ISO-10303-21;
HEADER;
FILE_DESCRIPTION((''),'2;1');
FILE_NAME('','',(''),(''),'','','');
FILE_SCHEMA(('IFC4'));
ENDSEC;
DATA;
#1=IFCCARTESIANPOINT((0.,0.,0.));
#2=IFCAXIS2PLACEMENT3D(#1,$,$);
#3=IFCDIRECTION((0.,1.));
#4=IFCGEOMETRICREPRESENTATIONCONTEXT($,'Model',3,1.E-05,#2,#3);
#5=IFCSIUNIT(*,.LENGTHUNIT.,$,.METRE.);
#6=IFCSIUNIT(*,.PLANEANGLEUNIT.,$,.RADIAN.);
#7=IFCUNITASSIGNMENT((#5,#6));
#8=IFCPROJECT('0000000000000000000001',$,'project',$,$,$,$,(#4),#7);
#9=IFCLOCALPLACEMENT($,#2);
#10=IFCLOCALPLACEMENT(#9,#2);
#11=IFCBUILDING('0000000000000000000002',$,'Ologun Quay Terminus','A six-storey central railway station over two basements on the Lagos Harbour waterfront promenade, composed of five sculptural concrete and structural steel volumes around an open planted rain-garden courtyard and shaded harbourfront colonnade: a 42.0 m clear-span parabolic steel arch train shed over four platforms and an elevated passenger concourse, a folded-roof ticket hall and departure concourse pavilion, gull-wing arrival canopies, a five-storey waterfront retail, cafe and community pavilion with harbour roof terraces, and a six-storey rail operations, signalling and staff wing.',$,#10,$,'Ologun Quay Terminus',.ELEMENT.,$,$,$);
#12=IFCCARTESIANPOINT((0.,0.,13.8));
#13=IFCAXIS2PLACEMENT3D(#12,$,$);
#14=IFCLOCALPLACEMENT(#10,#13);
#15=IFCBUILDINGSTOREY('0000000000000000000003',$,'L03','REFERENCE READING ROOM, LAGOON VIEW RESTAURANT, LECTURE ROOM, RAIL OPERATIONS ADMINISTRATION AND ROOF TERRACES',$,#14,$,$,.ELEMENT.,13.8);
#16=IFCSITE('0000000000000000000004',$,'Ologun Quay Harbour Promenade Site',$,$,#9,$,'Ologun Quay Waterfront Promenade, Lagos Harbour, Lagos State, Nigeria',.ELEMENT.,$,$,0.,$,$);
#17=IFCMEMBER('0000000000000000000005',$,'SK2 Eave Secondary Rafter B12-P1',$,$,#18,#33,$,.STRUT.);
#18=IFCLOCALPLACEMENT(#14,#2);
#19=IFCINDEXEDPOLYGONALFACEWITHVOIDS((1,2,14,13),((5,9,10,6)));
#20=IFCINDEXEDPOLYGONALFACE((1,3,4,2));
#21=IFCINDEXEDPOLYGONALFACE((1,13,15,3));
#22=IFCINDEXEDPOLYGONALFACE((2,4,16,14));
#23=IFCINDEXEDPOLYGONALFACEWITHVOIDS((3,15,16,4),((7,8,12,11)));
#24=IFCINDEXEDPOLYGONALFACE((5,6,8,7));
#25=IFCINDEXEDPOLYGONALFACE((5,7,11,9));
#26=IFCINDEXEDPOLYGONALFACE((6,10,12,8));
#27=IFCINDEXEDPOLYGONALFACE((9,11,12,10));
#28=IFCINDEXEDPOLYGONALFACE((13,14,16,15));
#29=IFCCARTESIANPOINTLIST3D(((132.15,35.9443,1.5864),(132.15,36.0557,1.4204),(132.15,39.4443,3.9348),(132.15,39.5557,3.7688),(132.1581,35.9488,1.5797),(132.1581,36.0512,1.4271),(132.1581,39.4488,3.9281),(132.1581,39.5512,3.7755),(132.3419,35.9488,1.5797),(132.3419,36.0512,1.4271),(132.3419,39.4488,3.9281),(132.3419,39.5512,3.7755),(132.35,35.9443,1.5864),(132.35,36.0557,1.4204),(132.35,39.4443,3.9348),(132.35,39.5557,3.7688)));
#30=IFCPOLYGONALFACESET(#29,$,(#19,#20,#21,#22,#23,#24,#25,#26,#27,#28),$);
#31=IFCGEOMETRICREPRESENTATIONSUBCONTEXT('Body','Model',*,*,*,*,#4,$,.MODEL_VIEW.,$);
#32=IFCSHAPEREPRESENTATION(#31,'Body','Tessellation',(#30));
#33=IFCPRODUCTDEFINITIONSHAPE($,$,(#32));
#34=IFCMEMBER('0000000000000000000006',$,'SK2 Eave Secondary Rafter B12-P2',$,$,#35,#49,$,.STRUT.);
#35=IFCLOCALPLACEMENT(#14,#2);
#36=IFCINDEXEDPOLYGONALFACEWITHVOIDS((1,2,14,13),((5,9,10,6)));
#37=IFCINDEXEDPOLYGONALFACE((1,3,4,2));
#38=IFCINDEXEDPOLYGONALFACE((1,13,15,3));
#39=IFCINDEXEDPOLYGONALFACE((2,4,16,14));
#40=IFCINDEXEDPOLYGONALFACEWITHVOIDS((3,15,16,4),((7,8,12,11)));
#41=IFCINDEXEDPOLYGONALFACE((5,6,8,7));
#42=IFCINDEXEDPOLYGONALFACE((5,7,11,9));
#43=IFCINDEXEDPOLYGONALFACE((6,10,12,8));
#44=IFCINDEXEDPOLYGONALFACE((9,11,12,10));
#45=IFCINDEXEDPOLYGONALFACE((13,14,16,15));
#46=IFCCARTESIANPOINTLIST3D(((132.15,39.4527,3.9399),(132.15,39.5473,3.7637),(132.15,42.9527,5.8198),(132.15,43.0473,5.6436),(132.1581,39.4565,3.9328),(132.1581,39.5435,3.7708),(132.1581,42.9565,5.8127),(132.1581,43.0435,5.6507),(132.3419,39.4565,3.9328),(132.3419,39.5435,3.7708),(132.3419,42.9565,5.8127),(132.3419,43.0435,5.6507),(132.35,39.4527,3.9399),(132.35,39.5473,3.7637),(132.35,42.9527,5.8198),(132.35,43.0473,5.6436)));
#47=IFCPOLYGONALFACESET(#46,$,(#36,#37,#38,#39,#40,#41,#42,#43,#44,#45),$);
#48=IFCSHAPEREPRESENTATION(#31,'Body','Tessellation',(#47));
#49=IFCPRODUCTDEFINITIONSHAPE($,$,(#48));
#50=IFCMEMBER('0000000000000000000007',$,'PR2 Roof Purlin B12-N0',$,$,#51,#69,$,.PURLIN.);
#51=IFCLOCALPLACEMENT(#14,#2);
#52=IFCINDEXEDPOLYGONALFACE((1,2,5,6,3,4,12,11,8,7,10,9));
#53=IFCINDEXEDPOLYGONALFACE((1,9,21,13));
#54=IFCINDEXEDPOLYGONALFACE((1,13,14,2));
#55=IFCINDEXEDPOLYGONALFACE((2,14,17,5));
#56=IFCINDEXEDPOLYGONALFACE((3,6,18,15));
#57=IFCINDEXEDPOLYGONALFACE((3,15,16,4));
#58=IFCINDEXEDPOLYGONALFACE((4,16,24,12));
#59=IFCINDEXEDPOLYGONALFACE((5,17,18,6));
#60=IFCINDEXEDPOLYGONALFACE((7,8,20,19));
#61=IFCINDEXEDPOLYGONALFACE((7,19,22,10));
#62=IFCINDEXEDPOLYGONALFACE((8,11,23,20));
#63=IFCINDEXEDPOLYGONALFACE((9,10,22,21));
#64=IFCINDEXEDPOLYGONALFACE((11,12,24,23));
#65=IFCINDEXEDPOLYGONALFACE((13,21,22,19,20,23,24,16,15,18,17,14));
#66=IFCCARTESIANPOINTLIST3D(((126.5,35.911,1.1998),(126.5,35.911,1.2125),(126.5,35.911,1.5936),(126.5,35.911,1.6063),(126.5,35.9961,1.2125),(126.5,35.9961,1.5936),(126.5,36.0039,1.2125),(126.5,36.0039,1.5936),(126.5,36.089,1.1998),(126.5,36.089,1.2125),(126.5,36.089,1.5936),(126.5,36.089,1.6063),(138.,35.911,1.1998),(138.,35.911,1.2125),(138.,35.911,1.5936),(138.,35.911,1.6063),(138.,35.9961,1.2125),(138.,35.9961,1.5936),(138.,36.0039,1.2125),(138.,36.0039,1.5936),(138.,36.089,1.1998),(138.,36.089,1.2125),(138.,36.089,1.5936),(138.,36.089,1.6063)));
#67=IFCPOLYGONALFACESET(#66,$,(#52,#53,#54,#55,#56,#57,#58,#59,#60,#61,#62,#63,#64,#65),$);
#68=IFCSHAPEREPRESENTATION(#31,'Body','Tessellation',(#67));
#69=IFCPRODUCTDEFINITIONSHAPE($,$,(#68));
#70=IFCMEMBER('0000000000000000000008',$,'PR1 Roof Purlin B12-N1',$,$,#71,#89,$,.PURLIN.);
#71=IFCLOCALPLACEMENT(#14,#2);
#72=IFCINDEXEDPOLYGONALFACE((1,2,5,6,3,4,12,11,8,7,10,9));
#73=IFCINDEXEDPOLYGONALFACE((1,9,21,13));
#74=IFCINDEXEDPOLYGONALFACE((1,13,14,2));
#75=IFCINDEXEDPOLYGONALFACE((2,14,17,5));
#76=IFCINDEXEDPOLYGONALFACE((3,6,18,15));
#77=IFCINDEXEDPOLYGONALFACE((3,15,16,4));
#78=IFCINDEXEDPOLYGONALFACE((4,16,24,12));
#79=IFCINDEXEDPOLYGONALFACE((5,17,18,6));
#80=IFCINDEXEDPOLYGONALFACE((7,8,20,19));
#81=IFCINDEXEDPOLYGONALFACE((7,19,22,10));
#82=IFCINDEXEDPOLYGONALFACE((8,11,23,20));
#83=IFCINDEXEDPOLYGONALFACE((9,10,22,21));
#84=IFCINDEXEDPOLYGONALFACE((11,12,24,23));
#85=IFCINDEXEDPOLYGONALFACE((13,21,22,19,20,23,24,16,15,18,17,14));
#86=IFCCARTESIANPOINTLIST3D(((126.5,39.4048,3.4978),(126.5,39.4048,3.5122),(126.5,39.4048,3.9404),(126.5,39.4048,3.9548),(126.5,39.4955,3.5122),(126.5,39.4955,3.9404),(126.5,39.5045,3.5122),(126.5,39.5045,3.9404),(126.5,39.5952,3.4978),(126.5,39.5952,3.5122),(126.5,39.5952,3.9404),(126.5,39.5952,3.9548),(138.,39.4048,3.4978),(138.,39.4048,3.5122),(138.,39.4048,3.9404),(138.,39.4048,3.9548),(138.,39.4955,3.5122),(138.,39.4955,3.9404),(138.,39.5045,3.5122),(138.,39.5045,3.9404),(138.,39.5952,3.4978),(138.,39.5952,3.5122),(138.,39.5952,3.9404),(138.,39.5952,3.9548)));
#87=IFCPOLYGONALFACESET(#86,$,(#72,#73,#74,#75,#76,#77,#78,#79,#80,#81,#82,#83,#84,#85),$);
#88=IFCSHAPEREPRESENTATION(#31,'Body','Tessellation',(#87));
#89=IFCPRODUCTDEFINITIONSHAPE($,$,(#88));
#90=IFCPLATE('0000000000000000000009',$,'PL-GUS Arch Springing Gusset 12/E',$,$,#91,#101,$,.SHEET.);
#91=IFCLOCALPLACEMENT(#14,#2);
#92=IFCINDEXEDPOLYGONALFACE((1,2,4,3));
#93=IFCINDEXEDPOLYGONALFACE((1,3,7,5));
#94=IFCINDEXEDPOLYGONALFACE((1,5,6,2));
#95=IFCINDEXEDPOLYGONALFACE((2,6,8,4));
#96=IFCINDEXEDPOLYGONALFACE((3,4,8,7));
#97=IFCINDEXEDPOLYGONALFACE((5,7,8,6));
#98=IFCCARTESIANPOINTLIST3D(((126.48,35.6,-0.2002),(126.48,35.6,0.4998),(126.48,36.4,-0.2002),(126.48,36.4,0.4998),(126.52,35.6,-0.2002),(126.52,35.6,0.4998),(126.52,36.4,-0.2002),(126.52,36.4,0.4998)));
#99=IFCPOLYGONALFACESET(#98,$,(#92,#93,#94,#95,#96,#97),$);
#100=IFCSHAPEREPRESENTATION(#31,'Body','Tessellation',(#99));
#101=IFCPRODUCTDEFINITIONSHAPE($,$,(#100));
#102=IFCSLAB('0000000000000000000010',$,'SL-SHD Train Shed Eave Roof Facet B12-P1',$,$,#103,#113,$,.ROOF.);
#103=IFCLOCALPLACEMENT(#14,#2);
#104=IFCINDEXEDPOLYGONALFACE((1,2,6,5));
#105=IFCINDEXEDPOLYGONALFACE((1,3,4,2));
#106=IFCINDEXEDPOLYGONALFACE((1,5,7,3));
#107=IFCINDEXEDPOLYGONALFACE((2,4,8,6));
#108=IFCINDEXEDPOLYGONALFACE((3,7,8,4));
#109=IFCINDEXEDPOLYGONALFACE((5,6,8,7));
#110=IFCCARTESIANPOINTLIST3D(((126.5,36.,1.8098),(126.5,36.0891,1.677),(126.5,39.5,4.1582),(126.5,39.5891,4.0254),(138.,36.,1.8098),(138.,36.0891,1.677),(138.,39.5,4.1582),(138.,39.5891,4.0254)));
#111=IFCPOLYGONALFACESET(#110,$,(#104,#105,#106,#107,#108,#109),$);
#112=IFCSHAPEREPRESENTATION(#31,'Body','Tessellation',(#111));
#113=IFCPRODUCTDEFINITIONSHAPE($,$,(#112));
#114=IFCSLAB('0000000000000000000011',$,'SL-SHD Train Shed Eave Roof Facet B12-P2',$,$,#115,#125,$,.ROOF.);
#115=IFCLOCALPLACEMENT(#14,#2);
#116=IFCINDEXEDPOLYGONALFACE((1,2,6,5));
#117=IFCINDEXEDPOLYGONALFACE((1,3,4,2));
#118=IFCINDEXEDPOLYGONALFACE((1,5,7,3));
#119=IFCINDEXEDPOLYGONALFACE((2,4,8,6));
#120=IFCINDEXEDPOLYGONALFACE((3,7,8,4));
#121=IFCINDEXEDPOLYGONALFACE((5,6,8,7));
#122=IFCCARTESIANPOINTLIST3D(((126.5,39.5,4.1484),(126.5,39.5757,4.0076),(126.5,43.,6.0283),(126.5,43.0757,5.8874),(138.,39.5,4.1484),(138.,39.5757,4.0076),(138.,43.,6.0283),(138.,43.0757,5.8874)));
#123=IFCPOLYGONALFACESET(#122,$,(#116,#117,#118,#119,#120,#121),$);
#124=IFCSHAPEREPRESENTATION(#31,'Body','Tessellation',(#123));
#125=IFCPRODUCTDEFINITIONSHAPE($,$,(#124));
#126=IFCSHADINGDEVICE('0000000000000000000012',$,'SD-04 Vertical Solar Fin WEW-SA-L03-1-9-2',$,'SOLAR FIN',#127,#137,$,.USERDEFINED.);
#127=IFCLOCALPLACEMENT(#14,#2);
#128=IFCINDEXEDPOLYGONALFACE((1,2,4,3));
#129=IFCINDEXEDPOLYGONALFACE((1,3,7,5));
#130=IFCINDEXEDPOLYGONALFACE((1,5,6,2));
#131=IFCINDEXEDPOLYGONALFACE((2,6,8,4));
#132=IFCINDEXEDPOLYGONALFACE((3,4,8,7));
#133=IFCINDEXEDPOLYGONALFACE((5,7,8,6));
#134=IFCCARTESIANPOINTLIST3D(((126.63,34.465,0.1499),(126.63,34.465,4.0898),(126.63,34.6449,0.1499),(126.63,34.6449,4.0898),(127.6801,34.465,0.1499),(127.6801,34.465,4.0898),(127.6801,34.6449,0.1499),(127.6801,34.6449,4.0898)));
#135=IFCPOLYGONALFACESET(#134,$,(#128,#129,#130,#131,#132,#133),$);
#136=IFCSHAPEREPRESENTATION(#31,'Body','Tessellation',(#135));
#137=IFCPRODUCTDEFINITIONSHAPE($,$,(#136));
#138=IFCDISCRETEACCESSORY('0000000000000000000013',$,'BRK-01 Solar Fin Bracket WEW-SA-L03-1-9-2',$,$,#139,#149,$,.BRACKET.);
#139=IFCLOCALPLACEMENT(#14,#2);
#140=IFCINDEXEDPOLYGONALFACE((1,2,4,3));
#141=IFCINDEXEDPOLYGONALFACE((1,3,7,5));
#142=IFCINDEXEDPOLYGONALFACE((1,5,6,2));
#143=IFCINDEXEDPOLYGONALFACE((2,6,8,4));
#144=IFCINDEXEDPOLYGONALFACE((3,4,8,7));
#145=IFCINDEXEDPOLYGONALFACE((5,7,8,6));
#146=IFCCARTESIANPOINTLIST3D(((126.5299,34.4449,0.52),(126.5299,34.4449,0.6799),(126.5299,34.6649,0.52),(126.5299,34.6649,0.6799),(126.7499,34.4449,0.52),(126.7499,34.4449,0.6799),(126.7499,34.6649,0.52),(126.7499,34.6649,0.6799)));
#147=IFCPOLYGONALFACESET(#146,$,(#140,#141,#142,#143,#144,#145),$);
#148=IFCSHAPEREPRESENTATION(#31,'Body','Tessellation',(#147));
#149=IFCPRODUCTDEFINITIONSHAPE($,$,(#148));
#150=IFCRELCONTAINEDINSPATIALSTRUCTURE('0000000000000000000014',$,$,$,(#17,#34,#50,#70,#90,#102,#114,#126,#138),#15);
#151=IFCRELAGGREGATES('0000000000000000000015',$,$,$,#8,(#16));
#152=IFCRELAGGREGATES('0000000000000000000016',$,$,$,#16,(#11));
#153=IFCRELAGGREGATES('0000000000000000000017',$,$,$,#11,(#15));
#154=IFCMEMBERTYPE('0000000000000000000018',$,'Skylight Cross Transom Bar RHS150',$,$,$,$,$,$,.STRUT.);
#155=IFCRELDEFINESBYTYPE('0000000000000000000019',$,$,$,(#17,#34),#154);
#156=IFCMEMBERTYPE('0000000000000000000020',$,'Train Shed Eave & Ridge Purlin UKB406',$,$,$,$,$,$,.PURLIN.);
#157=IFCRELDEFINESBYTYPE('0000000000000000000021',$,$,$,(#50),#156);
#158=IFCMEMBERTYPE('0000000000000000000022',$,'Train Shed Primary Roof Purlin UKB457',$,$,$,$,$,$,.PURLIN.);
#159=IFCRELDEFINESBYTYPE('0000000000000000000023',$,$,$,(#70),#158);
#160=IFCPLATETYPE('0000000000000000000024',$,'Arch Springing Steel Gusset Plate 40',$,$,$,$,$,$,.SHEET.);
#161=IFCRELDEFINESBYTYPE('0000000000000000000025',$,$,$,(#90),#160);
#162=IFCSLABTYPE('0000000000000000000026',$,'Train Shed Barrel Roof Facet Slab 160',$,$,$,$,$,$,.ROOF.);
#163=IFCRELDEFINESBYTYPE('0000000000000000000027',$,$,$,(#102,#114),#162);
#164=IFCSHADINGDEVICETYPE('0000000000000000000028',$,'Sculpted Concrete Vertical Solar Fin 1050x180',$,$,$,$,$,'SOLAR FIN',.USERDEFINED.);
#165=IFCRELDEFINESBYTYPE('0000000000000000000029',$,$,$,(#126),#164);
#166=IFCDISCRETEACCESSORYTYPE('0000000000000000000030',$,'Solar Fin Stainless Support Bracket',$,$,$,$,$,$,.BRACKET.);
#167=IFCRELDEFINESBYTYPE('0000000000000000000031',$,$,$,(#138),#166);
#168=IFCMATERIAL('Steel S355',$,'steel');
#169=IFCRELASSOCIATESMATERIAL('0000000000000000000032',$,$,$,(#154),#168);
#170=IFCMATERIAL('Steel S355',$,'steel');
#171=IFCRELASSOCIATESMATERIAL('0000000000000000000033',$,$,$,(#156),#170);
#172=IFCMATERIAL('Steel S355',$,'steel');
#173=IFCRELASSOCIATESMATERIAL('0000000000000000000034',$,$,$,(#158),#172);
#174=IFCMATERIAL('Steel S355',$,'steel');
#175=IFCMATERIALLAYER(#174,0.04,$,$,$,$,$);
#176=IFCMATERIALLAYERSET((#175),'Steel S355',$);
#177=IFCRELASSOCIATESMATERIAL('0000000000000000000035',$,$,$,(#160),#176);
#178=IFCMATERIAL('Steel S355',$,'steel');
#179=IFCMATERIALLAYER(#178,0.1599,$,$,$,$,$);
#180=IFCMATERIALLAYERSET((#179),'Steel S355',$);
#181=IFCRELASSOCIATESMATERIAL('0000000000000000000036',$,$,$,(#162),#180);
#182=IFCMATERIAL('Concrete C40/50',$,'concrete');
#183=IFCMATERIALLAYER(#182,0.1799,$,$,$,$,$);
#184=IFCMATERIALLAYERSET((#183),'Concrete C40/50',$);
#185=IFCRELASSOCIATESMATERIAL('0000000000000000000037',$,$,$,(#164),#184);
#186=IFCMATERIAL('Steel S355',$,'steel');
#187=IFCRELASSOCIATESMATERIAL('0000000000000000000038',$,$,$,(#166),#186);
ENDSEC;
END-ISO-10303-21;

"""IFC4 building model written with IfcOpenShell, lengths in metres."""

from ifc_helpers import new_model, si_unit, direction, frame, origin, origin_2d, place, context, subcontext, project, spatial, polyline, rectangle, hollow_rectangle, i_section, outline, extrude, material, layer, layer_set, material_profile, profile_set, type_object, element, save


model = new_model("IFC4")

# Units and contexts
model_context = context("Model", 3, precision=1e-05, world=origin(), true_north=direction((0.0, 1.0)))
body_context = subcontext(model_context, "Body", "Model", "MODEL_VIEW")
ifc_project = project(units=[si_unit("LENGTHUNIT", "METRE"), si_unit("PLANEANGLEUNIT", "RADIAN")], contexts=[model_context])

# Site, building, storey
site_placement = place(None, origin())
site = spatial("IfcSite", under=ifc_project, at=site_placement, Name="Ologun Quay Harbour Promenade Site", LongName="Ologun Quay Waterfront Promenade, Lagos Harbour, Lagos State, Nigeria", CompositionType="ELEMENT", RefElevation=0.0)
building_placement = place(site_placement, origin())
building = spatial("IfcBuilding", under=site, at=building_placement, Name="Ologun Quay Terminus", Description="A six-storey central railway station over two basements on the Lagos Harbour waterfront promenade, composed of five sculptural concrete and structural steel volumes around an open planted rain-garden courtyard and shaded harbourfront colonnade: a 42.0 m clear-span parabolic steel arch train shed over four platforms and an elevated passenger concourse, a folded-roof ticket hall and departure concourse pavilion, gull-wing arrival canopies, a five-storey waterfront retail, cafe and community pavilion with harbour roof terraces, and a six-storey rail operations, signalling and staff wing.", LongName="Ologun Quay Terminus", CompositionType="ELEMENT")
storey_placement = place(building_placement, frame((0.0, 0.0, 13.8)))
storey = spatial("IfcBuildingStorey", under=building, at=storey_placement, Name="L03", Description="REFERENCE READING ROOM, LAGOON VIEW RESTAURANT, LECTURE ROOM, RAIL OPERATIONS ADMINISTRATION AND ROOF TERRACES", CompositionType="ELEMENT", Elevation=13.8)

# Members
ifc_material_1 = material(Name="Steel S355", Category="steel")
ifc_material_profile_1 = material_profile(ifc_material_1, hollow_rectangle(XDim=0.2, YDim=0.2, WallThickness=0.0081, at=origin_2d()), Name="SHS 200x200x8")
ifc_profile_set_1 = profile_set([ifc_material_profile_1], Name="Steel S355")
member_type_1 = type_object("IfcMemberType", Name="Skylight Cross Transom Bar RHS150", PredefinedType="STRUT", material=ifc_profile_set_1)
member_1_placement = place(storey_placement, frame((132.25, 36.0, 1.5034), z_axis=(0.0, 0.830398, 0.557171), x_axis=(-1.0, 0.0, 0.0)))
element("IfcMember", 1, at=member_1_placement, inside=storey, type_object=member_type_1, Name="SK2 Eave Secondary Rafter B12-P1", PredefinedType="STRUT", context=body_context, shape_type="SweptSolid", body=[
    extrude(hollow_rectangle(XDim=0.2, YDim=0.2, WallThickness=0.0081, at=origin_2d()), origin(), (0.0, 0.0, 1.0), 4.2148),
])
member_2_placement = place(storey_placement, frame((132.25, 39.5, 3.8518), z_axis=(0.0, 0.880968, 0.473176), x_axis=(-1.0, 0.0, 0.0)))
element("IfcMember", 2, at=member_2_placement, inside=storey, type_object=member_type_1, Name="SK2 Eave Secondary Rafter B12-P2", PredefinedType="STRUT", context=body_context, shape_type="SweptSolid", body=[
    extrude(hollow_rectangle(XDim=0.2, YDim=0.2, WallThickness=0.0081, at=origin_2d()), origin(), (0.0, 0.0, 1.0), 3.9729),
])
ifc_material_2 = material(Name="Steel S355", Category="steel")
ifc_material_profile_2 = material_profile(ifc_material_2, i_section(OverallWidth=0.178, OverallDepth=0.4065, WebThickness=0.0078, FlangeThickness=0.0127, at=origin_2d()), Name="UKB 406x178x60")
ifc_profile_set_2 = profile_set([ifc_material_profile_2], Name="Steel S355")
member_type_2 = type_object("IfcMemberType", Name="Train Shed Eave & Ridge Purlin UKB406", PredefinedType="PURLIN", material=ifc_profile_set_2)
member_3_placement = place(storey_placement, frame((126.5, 36.0, 1.4031), z_axis=(1.0, 0.0, 0.0), x_axis=(0.0, 1.0, 0.0)))
element("IfcMember", 3, at=member_3_placement, inside=storey, type_object=member_type_2, Name="PR2 Roof Purlin B12-N0", PredefinedType="PURLIN", context=body_context, shape_type="SweptSolid", body=[
    extrude(i_section(OverallWidth=0.178, OverallDepth=0.4065, WebThickness=0.0078, FlangeThickness=0.0127, at=origin_2d()), origin(), (0.0, 0.0, 1.0), 11.5),
])
ifc_material_3 = material(Name="Steel S355", Category="steel")
ifc_material_profile_3 = material_profile(ifc_material_3, i_section(OverallWidth=0.1904, OverallDepth=0.457, WebThickness=0.009, FlangeThickness=0.0144, at=origin_2d()), Name="UKB 457x191x74")
ifc_profile_set_3 = profile_set([ifc_material_profile_3], Name="Steel S355")
member_type_3 = type_object("IfcMemberType", Name="Train Shed Primary Roof Purlin UKB457", PredefinedType="PURLIN", material=ifc_profile_set_3)
member_4_placement = place(storey_placement, frame((126.5, 39.5, 3.7263), z_axis=(1.0, 0.0, 0.0), x_axis=(0.0, 1.0, 0.0)))
element("IfcMember", 4, at=member_4_placement, inside=storey, type_object=member_type_3, Name="PR1 Roof Purlin B12-N1", PredefinedType="PURLIN", context=body_context, shape_type="SweptSolid", body=[
    extrude(i_section(OverallWidth=0.1904, OverallDepth=0.457, WebThickness=0.009, FlangeThickness=0.0144, at=origin_2d()), origin(), (0.0, 0.0, 1.0), 11.5),
])

# Plate
ifc_material_4 = material(Name="Steel S355", Category="steel")
ifc_layer_1 = layer(ifc_material_4, 0.04)
ifc_layer_set_1 = layer_set([ifc_layer_1], Name="Steel S355")
plate_type = type_object("IfcPlateType", Name="Arch Springing Steel Gusset Plate 40", PredefinedType="SHEET", material=ifc_layer_set_1)
plate_placement = place(storey_placement, frame((126.5, 36.0, -0.2002), z_axis=(0.0, 0.0, 1.0), x_axis=(0.0, 1.0, 0.0)))
element("IfcPlate", 5, at=plate_placement, inside=storey, type_object=plate_type, Name="PL-GUS Arch Springing Gusset 12/E", PredefinedType="SHEET", context=body_context, shape_type="SweptSolid", body=[
    extrude(rectangle(XDim=0.8, YDim=0.04, at=origin_2d()), origin(), (0.0, 0.0, 1.0), 0.7),
])

# Slabs
ifc_material_5 = material(Name="Steel S355", Category="steel")
ifc_layer_2 = layer(ifc_material_5, 0.1599)
ifc_layer_set_2 = layer_set([ifc_layer_2], Name="Steel S355")
slab_type = type_object("IfcSlabType", Name="Train Shed Barrel Roof Facet Slab 160", PredefinedType="ROOF", material=ifc_layer_set_2)
slab_1_placement = place(storey_placement, frame((126.5, 36.0, 1.8098), z_axis=(0.0, -0.557171, 0.830398), x_axis=(1.0, 0.0, 0.0)))
element("IfcSlab", 6, at=slab_1_placement, inside=storey, type_object=slab_type, Name="SL-SHD Train Shed Eave Roof Facet B12-P1", PredefinedType="ROOF", context=body_context, shape_type="SweptSolid", body=[
    extrude(outline(polyline([(0.0, 0.0), (11.5, 0.0), (11.5, 4.2148), (0.0, 4.2148), (0.0, 0.0)])), origin(), (0.0, 0.0, -1.0), 0.1599),
])
slab_2_placement = place(storey_placement, frame((126.5, 39.5, 4.1484), z_axis=(0.0, -0.473176, 0.880968), x_axis=(1.0, 0.0, 0.0)))
element("IfcSlab", 7, at=slab_2_placement, inside=storey, type_object=slab_type, Name="SL-SHD Train Shed Eave Roof Facet B12-P2", PredefinedType="ROOF", context=body_context, shape_type="SweptSolid", body=[
    extrude(outline(polyline([(0.0, 0.0), (11.5, 0.0), (11.5, 3.9729), (0.0, 3.9729), (0.0, 0.0)])), origin(), (0.0, 0.0, -1.0), 0.1599),
])

# Shading device
ifc_material_6 = material(Name="Concrete C40/50", Category="concrete")
ifc_layer_3 = layer(ifc_material_6, 0.1799)
ifc_layer_set_3 = layer_set([ifc_layer_3], Name="Concrete C40/50")
shading_device_type = type_object("IfcShadingDeviceType", Name="Sculpted Concrete Vertical Solar Fin 1050x180", ElementType="SOLAR FIN", PredefinedType="USERDEFINED", material=ifc_layer_set_3)
shading_device_placement = place(storey_placement, frame((127.155, 34.5549, 0.1499), z_axis=(0.0, 0.0, 1.0), x_axis=(1.0, 0.0, 0.0)))
element("IfcShadingDevice", 8, at=shading_device_placement, inside=storey, type_object=shading_device_type, Name="SD-04 Vertical Solar Fin WEW-SA-L03-1-9-2", ObjectType="SOLAR FIN", PredefinedType="USERDEFINED", context=body_context, shape_type="SweptSolid", body=[
    extrude(rectangle(XDim=1.05, YDim=0.1799, at=origin_2d()), origin(), (0.0, 0.0, 1.0), 3.9399),
])

# Discrete accessory
ifc_material_7 = material(Name="Steel S355", Category="steel")
discrete_accessory_type = type_object("IfcDiscreteAccessoryType", Name="Solar Fin Stainless Support Bracket", PredefinedType="BRACKET", material=ifc_material_7)
discrete_accessory_placement = place(storey_placement, frame((126.6399, 34.5549, 0.52), z_axis=(0.0, 0.0, 1.0), x_axis=(1.0, 0.0, 0.0)))
element("IfcDiscreteAccessory", 9, at=discrete_accessory_placement, inside=storey, type_object=discrete_accessory_type, Name="BRK-01 Solar Fin Bracket WEW-SA-L03-1-9-2", PredefinedType="BRACKET", context=body_context, shape_type="SweptSolid", body=[
    extrude(rectangle(XDim=0.22, YDim=0.22, at=origin_2d()), origin(), (0.0, 0.0, 1.0), 0.1599),
])

save(model, "model.ifc")
